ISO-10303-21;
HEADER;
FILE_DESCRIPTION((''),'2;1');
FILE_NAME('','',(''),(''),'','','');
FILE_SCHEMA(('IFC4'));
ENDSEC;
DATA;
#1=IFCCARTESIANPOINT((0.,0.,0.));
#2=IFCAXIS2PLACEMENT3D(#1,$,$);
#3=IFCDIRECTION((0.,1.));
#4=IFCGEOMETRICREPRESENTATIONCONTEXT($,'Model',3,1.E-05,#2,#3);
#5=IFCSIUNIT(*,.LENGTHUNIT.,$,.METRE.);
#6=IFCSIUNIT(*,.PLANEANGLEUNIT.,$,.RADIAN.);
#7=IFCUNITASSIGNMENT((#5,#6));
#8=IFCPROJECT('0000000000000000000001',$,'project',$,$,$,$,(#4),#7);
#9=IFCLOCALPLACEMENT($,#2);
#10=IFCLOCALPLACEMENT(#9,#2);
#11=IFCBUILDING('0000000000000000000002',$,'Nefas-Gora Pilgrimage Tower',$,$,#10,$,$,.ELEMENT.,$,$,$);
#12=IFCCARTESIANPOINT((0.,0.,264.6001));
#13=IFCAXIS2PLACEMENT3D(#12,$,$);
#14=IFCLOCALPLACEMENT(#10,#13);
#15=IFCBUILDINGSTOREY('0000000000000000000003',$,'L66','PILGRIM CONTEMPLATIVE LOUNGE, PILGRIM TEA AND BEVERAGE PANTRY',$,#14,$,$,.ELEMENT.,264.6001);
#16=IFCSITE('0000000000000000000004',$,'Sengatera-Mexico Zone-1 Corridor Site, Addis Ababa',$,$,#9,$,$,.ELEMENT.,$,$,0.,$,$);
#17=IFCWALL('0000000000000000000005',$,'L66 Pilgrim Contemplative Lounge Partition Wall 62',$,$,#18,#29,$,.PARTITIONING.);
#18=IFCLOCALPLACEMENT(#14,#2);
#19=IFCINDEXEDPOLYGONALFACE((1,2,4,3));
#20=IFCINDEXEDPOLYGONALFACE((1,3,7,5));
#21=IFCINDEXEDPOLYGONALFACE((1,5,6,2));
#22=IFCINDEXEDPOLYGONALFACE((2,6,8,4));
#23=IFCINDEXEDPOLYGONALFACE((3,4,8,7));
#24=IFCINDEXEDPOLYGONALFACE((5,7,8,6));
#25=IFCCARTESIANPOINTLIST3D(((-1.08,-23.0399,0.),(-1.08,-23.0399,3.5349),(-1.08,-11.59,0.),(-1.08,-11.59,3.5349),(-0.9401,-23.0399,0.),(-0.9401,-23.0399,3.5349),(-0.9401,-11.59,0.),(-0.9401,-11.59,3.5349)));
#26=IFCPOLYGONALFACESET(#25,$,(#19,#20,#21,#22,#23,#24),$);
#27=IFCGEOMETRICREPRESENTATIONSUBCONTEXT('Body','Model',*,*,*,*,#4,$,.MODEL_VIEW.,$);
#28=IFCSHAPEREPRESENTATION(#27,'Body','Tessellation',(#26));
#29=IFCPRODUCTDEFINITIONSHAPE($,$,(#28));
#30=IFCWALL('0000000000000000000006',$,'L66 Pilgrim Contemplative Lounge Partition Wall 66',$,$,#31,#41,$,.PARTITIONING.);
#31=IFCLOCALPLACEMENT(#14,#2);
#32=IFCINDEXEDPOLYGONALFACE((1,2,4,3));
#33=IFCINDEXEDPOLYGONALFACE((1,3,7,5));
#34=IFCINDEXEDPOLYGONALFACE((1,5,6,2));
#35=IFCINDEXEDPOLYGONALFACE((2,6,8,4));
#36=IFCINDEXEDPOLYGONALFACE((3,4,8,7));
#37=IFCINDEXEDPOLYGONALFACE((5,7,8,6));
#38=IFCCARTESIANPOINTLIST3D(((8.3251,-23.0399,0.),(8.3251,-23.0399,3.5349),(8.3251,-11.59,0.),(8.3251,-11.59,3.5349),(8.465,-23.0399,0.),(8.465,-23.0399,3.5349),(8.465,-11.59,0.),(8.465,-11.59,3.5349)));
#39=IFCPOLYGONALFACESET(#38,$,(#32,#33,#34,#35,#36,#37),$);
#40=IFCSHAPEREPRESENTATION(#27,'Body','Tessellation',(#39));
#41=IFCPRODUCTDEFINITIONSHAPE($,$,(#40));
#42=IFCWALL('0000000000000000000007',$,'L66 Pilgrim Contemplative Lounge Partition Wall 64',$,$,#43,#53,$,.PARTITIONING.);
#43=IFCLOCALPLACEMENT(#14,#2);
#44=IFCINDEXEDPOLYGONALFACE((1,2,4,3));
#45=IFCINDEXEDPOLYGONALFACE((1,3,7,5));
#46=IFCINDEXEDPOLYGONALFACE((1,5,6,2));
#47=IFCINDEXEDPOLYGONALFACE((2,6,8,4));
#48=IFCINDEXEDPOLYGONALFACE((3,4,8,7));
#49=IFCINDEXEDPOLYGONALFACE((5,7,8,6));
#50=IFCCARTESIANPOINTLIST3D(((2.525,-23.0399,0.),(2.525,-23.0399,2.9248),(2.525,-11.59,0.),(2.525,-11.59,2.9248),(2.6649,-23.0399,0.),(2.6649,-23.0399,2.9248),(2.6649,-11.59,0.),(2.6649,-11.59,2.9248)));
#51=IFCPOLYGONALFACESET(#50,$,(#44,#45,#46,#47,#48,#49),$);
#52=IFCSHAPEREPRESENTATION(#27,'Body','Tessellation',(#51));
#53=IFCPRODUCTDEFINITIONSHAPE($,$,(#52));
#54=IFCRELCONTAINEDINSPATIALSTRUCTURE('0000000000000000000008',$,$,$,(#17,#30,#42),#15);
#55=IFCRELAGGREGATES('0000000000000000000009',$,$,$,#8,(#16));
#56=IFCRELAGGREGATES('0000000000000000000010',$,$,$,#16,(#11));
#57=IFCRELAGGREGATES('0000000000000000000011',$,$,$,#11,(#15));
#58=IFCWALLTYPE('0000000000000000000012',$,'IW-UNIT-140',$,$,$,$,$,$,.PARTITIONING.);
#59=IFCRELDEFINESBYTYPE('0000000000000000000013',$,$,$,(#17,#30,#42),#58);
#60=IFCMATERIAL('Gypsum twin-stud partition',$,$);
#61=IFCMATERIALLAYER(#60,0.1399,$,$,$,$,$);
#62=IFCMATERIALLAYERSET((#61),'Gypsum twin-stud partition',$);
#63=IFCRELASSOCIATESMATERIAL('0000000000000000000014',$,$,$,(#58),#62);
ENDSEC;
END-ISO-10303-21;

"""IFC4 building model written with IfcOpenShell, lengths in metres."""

from ifc_helpers import new_model, si_unit, direction, frame, frame_2d, origin, place, context, subcontext, project, spatial, rectangle, extrude, source, transform, mapped, material, layer, layer_set, type_object, element, save


model = new_model("IFC4")

# Units and contexts
model_context = context("Model", 3, precision=1e-05, world=origin(), true_north=direction((0.0, 1.0)))
body_context = subcontext(model_context, "Body", "Model", "MODEL_VIEW")
ifc_project = project(units=[si_unit("LENGTHUNIT", "METRE"), si_unit("PLANEANGLEUNIT", "RADIAN")], contexts=[model_context])

# Site, building, storey
site_placement = place(None, origin())
site = spatial("IfcSite", under=ifc_project, at=site_placement, Name="Sengatera-Mexico Zone-1 Corridor Site, Addis Ababa", CompositionType="ELEMENT", RefElevation=0.0)
building_placement = place(site_placement, origin())
building = spatial("IfcBuilding", under=site, at=building_placement, Name="Nefas-Gora Pilgrimage Tower", CompositionType="ELEMENT")
storey_placement = place(building_placement, frame((0.0, 0.0, 264.6001)))
storey = spatial("IfcBuildingStorey", under=building, at=storey_placement, Name="L66", Description="PILGRIM CONTEMPLATIVE LOUNGE, PILGRIM TEA AND BEVERAGE PANTRY", CompositionType="ELEMENT", Elevation=264.6001)

# Shared definitions
ifc_material_1 = material(Name="Gypsum twin-stud partition")
ifc_layer_1 = layer(ifc_material_1, 0.1399)
ifc_layer_set_1 = layer_set([ifc_layer_1], Name="Gypsum twin-stud partition")
wall_type_1 = type_object("IfcWallType", Name="IW-UNIT-140", PredefinedType="PARTITIONING", material=ifc_layer_set_1)

# Walls
shared_shape_1 = source(origin(), body_context, "Body", "SweptSolid", [
    extrude(rectangle(XDim=11.45, YDim=0.1399, at=frame_2d((5.7251, 0.0))), origin(), (0.0, 0.0, 1.0), 3.5349),
])
for number, where, z_axis, x_axis, name in (
    (1, (-1.01, -23.04, 0.0), (0.0, 0.0, 1.0), (0.0, 1.0, 0.0), "L66 Pilgrim Contemplative Lounge Partition Wall 62"),
    (2, (8.395, -23.04, 0.0), (0.0, 0.0, 1.0), (0.0, 1.0, 0.0), "L66 Pilgrim Contemplative Lounge Partition Wall 66"),
):
    element("IfcWall", number, at=place(storey_placement, frame(where, z_axis=z_axis, x_axis=x_axis)), inside=storey, type_object=wall_type_1, Name=name, PredefinedType="PARTITIONING", context=body_context, shape_type="MappedRepresentation", body=[
        mapped(shared_shape_1, transform((0.0, 0.0, 0.0), x_axis=(1.0, 0.0, 0.0), y_axis=(0.0, 1.0, 0.0), z_axis=(0.0, 0.0, 1.0), scale=1.0)),
    ])
shared_shape_2 = source(origin(), body_context, "Body", "SweptSolid", [
    extrude(rectangle(XDim=11.45, YDim=0.1399, at=frame_2d((5.7251, 0.0))), origin(), (0.0, 0.0, 1.0), 2.9248),
])
wall_1_placement = place(storey_placement, frame((2.595, -23.04, 0.0), z_axis=(0.0, 0.0, 1.0), x_axis=(0.0, 1.0, 0.0)))
element("IfcWall", 3, at=wall_1_placement, inside=storey, type_object=wall_type_1, Name="L66 Pilgrim Contemplative Lounge Partition Wall 64", PredefinedType="PARTITIONING", context=body_context, shape_type="MappedRepresentation", body=[
    mapped(shared_shape_2, transform((0.0, 0.0, 0.0), x_axis=(1.0, 0.0, 0.0), y_axis=(0.0, 1.0, 0.0), z_axis=(0.0, 0.0, 1.0), scale=1.0)),
])

save(model, "model.ifc")
